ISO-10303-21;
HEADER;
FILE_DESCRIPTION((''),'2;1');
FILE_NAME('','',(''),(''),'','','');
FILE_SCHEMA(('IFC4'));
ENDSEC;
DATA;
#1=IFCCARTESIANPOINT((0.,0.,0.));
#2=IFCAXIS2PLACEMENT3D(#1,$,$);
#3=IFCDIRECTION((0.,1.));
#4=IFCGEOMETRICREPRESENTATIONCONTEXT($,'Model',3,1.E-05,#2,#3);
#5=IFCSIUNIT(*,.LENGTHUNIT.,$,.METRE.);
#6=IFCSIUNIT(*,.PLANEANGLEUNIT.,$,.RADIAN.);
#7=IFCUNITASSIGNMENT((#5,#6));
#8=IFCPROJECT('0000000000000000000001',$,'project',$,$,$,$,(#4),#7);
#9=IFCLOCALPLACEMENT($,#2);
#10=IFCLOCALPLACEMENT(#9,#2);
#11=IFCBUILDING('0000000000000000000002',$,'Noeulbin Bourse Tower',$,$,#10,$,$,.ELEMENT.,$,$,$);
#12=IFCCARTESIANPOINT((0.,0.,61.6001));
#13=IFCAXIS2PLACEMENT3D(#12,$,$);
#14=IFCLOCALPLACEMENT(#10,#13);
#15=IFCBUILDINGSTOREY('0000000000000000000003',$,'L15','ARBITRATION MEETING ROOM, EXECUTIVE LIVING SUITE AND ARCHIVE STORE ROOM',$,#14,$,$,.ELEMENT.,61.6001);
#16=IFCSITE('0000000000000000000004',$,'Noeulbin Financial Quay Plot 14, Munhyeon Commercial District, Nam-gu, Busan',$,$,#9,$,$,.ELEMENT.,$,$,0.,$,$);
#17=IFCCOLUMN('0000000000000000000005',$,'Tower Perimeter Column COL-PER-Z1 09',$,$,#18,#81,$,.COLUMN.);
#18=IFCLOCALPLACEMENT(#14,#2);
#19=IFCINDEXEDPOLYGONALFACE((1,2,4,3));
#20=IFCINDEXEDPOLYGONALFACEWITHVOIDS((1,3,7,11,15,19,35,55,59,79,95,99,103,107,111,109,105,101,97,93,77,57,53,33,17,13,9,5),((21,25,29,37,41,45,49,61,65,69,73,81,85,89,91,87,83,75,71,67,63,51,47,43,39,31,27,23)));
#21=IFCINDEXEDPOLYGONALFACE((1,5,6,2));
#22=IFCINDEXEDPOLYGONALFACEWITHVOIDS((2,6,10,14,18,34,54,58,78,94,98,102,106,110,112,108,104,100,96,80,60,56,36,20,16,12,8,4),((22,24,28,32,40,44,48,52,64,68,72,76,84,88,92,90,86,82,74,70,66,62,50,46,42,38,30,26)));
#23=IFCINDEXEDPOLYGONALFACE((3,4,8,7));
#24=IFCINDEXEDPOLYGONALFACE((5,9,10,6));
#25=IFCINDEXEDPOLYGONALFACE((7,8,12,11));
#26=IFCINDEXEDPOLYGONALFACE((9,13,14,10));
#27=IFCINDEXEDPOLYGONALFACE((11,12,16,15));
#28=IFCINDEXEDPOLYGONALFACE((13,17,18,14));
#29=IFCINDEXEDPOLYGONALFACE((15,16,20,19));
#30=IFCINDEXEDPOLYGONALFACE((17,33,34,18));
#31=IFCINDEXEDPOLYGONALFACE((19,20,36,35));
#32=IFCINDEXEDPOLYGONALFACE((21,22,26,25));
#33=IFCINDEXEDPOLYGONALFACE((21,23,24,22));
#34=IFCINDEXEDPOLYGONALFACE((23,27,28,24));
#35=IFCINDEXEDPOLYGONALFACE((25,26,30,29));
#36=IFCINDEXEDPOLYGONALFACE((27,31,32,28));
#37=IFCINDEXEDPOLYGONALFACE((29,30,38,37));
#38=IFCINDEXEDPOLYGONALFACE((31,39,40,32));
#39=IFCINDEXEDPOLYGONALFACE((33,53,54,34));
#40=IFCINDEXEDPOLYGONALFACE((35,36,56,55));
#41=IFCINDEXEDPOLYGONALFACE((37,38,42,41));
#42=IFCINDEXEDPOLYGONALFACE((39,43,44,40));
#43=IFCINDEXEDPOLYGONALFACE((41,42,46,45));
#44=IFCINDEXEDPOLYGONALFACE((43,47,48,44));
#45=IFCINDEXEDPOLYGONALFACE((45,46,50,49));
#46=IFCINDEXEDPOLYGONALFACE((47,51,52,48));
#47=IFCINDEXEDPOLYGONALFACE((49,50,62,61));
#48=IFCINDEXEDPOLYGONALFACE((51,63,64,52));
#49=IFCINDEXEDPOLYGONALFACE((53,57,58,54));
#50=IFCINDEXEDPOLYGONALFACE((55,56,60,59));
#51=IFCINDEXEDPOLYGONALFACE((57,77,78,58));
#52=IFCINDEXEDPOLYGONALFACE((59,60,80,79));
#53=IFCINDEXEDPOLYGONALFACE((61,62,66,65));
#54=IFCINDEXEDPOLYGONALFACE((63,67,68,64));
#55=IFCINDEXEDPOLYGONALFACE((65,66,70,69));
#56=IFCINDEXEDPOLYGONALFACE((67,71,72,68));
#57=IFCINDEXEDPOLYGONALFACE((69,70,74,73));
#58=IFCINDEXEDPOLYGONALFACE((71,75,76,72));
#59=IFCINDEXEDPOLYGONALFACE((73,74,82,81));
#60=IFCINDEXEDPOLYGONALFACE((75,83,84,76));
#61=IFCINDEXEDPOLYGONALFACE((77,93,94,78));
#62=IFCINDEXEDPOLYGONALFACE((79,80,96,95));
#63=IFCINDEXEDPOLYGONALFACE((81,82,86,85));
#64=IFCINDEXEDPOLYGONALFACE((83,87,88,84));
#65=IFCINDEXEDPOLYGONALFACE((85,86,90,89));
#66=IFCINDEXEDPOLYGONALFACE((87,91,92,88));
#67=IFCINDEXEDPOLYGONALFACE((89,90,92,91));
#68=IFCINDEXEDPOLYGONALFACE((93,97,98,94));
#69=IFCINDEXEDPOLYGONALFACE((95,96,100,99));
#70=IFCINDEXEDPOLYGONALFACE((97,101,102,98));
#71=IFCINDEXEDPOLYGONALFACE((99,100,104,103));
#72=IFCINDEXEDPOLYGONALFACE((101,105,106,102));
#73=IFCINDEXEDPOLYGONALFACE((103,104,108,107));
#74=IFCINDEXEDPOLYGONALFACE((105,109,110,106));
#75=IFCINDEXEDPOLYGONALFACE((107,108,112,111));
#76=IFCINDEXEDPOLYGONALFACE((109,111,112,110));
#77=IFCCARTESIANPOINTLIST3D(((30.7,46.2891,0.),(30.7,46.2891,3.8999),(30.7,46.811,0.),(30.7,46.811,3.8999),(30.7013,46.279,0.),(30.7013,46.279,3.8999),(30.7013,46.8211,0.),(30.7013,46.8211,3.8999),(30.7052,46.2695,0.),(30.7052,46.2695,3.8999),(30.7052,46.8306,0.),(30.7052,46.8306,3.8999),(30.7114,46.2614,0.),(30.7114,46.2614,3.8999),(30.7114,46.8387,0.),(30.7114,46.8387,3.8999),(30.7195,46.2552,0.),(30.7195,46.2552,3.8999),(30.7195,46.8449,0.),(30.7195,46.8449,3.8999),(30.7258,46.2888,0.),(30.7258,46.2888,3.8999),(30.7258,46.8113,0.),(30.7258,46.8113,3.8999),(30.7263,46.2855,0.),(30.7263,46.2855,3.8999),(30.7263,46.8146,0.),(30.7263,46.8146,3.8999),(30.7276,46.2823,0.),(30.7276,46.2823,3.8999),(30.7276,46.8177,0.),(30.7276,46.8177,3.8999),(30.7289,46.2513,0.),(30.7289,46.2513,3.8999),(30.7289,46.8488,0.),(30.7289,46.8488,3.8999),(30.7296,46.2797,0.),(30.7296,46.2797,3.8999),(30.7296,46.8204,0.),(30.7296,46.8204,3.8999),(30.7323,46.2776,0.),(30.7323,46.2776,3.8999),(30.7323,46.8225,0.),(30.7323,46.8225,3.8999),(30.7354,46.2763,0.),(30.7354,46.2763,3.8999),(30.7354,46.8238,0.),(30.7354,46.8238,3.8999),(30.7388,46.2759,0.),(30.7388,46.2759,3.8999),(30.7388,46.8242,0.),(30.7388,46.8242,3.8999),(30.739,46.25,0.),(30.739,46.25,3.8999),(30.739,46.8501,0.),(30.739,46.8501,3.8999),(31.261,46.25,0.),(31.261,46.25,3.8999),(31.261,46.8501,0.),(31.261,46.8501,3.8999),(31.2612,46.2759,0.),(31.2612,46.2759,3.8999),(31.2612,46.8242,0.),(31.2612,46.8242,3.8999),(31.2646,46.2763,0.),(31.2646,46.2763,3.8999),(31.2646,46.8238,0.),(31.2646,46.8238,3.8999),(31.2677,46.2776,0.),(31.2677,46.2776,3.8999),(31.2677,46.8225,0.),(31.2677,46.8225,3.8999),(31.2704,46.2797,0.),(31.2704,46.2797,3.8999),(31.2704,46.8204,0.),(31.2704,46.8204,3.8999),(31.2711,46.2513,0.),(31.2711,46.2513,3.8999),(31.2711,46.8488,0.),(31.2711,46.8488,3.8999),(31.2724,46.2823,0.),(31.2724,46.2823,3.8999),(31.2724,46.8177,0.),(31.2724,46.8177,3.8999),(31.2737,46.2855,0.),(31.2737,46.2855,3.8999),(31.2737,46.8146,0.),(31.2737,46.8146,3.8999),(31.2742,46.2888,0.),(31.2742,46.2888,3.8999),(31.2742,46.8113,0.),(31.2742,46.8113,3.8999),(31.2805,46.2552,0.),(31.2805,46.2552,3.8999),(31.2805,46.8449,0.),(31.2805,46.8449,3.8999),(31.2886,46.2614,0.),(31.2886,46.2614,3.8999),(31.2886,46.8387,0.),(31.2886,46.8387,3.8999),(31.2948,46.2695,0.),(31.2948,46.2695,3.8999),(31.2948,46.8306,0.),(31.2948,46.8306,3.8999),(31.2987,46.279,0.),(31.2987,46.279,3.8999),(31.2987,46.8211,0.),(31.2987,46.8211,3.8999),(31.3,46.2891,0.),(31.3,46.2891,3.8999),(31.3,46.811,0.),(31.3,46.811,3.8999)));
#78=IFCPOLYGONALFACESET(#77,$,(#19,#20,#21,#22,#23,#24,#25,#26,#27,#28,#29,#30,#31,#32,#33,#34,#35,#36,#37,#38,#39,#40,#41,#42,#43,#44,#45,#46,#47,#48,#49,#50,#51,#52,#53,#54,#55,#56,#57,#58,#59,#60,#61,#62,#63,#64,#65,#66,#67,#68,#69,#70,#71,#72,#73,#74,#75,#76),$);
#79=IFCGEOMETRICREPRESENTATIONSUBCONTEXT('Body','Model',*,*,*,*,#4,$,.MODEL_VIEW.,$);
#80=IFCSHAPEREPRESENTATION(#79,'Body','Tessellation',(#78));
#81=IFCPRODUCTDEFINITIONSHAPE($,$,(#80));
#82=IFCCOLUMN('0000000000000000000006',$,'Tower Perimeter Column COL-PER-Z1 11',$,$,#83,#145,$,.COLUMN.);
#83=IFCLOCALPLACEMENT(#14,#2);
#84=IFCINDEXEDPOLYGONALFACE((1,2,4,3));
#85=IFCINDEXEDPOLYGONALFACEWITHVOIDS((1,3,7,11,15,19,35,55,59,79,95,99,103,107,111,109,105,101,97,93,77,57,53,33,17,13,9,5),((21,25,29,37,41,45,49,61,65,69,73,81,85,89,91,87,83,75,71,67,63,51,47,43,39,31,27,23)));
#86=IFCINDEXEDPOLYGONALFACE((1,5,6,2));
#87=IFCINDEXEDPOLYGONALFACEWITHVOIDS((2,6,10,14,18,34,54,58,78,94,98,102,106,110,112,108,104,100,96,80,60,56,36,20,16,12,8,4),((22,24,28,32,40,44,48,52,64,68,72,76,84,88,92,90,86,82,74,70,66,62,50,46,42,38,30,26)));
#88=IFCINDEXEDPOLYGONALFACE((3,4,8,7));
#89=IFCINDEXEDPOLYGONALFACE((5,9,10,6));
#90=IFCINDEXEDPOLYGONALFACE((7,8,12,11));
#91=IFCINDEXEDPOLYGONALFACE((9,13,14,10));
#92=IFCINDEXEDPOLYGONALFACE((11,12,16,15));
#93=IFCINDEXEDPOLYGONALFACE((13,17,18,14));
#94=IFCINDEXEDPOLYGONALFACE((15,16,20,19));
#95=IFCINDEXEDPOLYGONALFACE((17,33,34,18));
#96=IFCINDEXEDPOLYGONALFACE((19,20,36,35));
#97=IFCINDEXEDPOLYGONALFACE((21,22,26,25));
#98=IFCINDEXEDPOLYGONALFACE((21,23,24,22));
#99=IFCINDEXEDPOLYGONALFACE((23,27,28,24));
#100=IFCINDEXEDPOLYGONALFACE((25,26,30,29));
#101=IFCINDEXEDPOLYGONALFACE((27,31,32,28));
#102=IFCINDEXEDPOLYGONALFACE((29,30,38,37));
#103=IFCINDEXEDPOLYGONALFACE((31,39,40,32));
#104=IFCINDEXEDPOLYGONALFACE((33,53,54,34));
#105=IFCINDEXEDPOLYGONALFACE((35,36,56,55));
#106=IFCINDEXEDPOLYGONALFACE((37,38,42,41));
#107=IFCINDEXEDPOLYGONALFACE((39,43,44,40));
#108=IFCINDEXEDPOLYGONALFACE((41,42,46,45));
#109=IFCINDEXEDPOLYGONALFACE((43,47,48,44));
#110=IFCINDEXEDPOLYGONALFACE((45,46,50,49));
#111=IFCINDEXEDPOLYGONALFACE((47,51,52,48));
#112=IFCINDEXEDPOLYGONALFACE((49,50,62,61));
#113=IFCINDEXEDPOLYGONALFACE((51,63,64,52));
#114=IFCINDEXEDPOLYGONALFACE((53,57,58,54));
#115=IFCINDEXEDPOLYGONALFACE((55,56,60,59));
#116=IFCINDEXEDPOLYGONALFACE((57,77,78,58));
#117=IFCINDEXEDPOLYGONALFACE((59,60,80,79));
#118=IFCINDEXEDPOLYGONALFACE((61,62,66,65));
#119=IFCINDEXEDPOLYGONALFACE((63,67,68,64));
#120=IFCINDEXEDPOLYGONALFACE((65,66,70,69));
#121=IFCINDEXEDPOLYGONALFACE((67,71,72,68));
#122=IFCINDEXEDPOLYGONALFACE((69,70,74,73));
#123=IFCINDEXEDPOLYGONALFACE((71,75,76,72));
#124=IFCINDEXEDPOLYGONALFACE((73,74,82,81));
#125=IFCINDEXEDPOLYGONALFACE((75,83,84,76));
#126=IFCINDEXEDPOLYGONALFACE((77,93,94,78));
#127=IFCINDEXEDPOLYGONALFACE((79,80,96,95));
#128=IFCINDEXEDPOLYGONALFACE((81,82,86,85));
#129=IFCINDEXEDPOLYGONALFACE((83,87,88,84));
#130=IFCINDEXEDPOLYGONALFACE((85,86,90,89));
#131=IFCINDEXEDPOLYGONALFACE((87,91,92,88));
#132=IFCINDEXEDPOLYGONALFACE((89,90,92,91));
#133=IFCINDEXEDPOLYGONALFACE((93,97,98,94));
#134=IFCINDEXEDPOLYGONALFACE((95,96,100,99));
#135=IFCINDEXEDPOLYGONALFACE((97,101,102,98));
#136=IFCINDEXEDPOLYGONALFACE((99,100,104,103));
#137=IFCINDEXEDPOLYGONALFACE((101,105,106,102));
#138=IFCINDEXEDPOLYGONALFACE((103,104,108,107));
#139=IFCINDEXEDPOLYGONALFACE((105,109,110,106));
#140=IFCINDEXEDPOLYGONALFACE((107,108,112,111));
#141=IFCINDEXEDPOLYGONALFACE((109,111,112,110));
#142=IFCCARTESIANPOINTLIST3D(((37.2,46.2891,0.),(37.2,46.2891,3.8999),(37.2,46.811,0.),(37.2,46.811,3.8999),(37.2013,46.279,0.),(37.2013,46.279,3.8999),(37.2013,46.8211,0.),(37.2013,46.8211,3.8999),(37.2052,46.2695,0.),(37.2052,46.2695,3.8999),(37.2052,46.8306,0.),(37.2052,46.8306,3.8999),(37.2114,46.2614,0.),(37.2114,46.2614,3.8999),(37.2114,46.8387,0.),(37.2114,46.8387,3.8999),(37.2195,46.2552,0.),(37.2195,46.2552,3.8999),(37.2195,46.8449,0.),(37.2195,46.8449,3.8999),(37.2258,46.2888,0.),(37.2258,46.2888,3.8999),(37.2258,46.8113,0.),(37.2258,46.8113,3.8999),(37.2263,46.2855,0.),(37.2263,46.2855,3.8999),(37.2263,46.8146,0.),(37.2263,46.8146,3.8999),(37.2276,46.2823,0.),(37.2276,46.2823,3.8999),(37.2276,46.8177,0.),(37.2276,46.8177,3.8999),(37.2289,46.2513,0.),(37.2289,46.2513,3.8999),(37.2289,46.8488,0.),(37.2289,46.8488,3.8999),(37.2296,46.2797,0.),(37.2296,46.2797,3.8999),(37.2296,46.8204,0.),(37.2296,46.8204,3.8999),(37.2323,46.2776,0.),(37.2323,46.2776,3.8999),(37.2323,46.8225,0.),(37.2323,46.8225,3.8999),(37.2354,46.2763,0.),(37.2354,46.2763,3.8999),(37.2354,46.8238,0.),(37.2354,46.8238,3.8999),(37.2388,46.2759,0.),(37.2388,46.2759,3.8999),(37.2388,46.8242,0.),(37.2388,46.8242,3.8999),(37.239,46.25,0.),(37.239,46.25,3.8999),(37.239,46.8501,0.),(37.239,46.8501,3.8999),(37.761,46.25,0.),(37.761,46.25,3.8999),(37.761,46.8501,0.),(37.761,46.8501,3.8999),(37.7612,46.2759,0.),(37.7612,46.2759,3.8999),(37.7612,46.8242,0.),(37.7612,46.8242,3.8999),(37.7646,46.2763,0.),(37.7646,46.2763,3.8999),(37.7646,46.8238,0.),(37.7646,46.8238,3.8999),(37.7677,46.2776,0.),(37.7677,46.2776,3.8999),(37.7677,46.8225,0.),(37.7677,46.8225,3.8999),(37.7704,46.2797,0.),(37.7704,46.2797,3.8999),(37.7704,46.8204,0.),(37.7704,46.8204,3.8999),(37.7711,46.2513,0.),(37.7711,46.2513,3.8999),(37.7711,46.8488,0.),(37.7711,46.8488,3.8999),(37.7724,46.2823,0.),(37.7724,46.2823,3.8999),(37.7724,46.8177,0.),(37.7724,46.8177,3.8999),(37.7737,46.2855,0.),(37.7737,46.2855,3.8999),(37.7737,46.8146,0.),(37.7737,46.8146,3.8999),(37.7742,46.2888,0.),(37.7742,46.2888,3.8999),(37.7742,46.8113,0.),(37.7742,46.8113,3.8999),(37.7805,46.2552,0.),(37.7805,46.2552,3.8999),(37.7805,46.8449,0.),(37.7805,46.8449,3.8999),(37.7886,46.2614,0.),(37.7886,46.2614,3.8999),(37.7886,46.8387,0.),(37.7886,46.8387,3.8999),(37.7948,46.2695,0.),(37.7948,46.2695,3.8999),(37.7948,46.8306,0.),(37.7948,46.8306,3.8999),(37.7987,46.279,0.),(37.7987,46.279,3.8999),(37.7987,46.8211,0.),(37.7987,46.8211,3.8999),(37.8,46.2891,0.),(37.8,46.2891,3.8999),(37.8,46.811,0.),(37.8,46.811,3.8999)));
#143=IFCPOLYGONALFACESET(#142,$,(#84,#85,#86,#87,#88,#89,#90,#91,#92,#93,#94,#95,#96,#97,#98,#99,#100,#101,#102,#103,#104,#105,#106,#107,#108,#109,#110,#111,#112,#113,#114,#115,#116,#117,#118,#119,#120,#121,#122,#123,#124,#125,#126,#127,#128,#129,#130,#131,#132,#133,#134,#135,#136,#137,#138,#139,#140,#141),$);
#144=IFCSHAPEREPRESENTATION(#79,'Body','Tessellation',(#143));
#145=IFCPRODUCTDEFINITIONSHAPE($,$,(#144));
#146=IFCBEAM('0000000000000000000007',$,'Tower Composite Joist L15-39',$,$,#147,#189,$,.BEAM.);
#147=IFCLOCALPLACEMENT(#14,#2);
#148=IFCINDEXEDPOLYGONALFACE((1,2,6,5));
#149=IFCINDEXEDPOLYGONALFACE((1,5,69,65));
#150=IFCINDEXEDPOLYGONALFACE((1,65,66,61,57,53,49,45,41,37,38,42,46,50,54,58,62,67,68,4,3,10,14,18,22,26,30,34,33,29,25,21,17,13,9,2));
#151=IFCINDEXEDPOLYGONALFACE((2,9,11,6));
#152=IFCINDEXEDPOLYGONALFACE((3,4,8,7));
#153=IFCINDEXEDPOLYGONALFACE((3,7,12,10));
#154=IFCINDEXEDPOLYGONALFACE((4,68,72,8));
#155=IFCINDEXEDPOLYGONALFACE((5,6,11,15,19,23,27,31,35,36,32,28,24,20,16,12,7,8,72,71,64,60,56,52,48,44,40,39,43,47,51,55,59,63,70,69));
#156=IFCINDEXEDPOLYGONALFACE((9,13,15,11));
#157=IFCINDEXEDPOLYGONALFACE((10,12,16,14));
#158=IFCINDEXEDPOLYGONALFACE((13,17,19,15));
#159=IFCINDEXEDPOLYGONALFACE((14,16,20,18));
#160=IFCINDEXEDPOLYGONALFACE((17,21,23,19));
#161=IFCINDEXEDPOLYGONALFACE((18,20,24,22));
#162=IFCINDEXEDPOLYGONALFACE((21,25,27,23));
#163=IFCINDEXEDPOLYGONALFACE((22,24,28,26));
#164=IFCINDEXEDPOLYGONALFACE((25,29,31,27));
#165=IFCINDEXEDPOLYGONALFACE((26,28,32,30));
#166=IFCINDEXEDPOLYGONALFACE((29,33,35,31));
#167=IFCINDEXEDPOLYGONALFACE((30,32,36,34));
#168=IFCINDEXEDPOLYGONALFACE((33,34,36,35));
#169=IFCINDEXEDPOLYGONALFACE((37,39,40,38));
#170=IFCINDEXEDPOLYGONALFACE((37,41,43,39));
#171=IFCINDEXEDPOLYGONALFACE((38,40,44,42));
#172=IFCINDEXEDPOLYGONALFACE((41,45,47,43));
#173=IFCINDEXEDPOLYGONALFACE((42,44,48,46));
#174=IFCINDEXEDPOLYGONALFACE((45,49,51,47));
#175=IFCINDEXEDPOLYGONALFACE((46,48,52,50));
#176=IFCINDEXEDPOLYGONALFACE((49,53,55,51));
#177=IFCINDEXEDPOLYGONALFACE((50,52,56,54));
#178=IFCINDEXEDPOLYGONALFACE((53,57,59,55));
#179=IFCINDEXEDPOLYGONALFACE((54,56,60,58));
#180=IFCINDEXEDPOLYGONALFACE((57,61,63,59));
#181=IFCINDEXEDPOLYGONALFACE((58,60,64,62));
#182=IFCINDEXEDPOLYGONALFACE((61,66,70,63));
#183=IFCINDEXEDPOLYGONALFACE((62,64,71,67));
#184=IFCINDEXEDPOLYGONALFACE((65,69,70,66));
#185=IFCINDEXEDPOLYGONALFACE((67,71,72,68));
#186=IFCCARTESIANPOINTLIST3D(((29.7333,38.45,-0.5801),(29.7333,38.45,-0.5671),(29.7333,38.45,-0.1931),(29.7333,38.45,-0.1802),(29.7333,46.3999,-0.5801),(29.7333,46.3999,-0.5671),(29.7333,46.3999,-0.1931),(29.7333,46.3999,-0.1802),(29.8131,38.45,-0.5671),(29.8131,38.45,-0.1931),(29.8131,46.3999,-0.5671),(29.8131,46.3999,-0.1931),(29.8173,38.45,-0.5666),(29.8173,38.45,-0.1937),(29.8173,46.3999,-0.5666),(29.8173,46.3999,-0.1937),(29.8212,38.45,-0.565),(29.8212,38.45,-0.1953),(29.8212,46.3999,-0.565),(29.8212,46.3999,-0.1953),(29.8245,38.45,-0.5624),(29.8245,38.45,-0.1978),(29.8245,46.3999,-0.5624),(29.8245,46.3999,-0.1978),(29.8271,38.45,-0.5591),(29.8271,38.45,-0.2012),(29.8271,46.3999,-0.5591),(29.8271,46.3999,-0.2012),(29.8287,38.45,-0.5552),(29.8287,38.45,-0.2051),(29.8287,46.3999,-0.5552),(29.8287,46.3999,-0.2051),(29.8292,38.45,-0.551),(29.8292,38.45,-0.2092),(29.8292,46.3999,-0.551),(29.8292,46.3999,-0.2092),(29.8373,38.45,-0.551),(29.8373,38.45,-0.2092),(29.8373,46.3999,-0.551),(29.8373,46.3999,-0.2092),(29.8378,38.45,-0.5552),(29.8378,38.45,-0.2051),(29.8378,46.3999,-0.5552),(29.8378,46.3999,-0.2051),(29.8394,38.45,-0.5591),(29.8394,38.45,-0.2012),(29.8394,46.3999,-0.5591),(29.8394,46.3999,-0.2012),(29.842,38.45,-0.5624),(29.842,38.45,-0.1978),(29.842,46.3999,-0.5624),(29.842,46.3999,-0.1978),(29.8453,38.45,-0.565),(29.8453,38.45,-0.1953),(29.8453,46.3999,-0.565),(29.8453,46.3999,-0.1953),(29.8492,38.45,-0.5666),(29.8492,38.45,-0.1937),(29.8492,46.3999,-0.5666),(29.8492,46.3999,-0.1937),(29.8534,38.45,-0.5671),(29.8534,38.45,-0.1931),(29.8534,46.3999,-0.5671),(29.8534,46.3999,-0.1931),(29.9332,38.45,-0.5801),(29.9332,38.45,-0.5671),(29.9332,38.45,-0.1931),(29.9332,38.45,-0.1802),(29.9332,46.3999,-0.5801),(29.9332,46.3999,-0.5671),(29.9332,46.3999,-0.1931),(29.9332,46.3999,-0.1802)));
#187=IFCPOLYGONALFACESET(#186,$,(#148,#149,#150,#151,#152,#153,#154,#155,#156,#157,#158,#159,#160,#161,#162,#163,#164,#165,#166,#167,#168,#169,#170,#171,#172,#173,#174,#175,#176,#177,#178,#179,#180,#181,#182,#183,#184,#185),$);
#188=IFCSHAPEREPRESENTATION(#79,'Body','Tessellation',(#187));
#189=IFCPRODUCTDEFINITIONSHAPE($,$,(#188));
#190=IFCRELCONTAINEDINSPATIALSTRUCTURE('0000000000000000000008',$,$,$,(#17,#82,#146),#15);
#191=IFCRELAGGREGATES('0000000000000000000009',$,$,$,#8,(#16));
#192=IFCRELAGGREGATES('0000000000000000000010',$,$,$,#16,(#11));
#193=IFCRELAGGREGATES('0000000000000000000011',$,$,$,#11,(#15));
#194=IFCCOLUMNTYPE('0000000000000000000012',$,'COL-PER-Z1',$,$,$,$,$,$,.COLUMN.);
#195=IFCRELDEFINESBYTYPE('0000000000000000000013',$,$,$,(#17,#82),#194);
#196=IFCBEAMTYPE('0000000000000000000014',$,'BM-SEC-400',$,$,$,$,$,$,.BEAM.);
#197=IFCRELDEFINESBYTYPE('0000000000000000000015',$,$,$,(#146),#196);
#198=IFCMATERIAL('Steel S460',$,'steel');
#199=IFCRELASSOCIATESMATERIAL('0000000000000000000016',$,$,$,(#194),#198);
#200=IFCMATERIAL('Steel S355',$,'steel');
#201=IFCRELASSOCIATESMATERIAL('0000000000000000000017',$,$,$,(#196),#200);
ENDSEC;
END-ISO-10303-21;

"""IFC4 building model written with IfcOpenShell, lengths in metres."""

from ifc_helpers import new_model, si_unit, direction, frame, origin, origin_2d, place, context, subcontext, project, spatial, hollow_rectangle, i_section, extrude, material, material_profile, profile_set, type_object, element, save


model = new_model("IFC4")

# Units and contexts
model_context = context("Model", 3, precision=1e-05, world=origin(), true_north=direction((0.0, 1.0)))
body_context = subcontext(model_context, "Body", "Model", "MODEL_VIEW")
ifc_project = project(units=[si_unit("LENGTHUNIT", "METRE"), si_unit("PLANEANGLEUNIT", "RADIAN")], contexts=[model_context])

# Site, building, storey
site_placement = place(None, origin())
site = spatial("IfcSite", under=ifc_project, at=site_placement, Name="Noeulbin Financial Quay Plot 14, Munhyeon Commercial District, Nam-gu, Busan", CompositionType="ELEMENT", RefElevation=0.0)
building_placement = place(site_placement, origin())
building = spatial("IfcBuilding", under=site, at=building_placement, Name="Noeulbin Bourse Tower", CompositionType="ELEMENT")
storey_placement = place(building_placement, frame((0.0, 0.0, 61.6001)))
storey = spatial("IfcBuildingStorey", under=building, at=storey_placement, Name="L15", Description="ARBITRATION MEETING ROOM, EXECUTIVE LIVING SUITE AND ARCHIVE STORE ROOM", CompositionType="ELEMENT", Elevation=61.6001)

# Columns
ifc_material_1 = material(Name="Steel S460", Category="steel")
ifc_material_profile_1 = material_profile(ifc_material_1, hollow_rectangle(XDim=0.6001, YDim=0.6001, WallThickness=0.0259, InnerFilletRadius=0.0129, OuterFilletRadius=0.0391, at=origin_2d()), Name="BOX-600x600x26", Category="LoadBearing")
ifc_profile_set_1 = profile_set([ifc_material_profile_1], Name="Steel S460")
column_type = type_object("IfcColumnType", Name="COL-PER-Z1", PredefinedType="COLUMN", material=ifc_profile_set_1)
for number, where, z_axis, x_axis, name in (
    (1, (31.0, 46.55, 0.0), (0.0, 0.0, 1.0), (1.0, 0.0, 0.0), "Tower Perimeter Column COL-PER-Z1 09"),
    (2, (37.5, 46.55, 0.0), (0.0, 0.0, 1.0), (1.0, 0.0, 0.0), "Tower Perimeter Column COL-PER-Z1 11"),
):
    element("IfcColumn", number, at=place(storey_placement, frame(where, z_axis=z_axis, x_axis=x_axis)), inside=storey, type_object=column_type, Name=name, PredefinedType="COLUMN", context=body_context, shape_type="SweptSolid", body=[
        extrude(hollow_rectangle(XDim=0.6001, YDim=0.6001, WallThickness=0.0259, InnerFilletRadius=0.0129, OuterFilletRadius=0.0391, at=origin_2d()), origin(), (0.0, 0.0, 1.0), 3.8999),
    ])

# Beam
ifc_material_2 = material(Name="Steel S355", Category="steel")
ifc_material_profile_2 = material_profile(ifc_material_2, i_section(OverallWidth=0.2, OverallDepth=0.3999, WebThickness=0.0081, FlangeThickness=0.0129, FilletRadius=0.0161, at=origin_2d()), Name="H-400x200x8x13", Category="LoadBearing")
ifc_profile_set_2 = profile_set([ifc_material_profile_2], Name="Steel S355")
beam_type_1 = type_object("IfcBeamType", Name="BM-SEC-400", PredefinedType="BEAM", material=ifc_profile_set_2)
for number, where, z_axis, x_axis, name in (
    (3, (29.8333, 38.45, -0.3801), (0.0, 1.0, 0.0), (-1.0, 0.0, 0.0), "Tower Composite Joist L15-39"),
):
    element("IfcBeam", number, at=place(storey_placement, frame(where, z_axis=z_axis, x_axis=x_axis)), inside=storey, type_object=beam_type_1, Name=name, PredefinedType="BEAM", context=body_context, shape_type="SweptSolid", body=[
        extrude(i_section(OverallWidth=0.2, OverallDepth=0.3999, WebThickness=0.0081, FlangeThickness=0.0129, FilletRadius=0.0161, at=origin_2d()), origin(), (0.0, 0.0, 1.0), 7.95),
    ])

save(model, "model.ifc")
